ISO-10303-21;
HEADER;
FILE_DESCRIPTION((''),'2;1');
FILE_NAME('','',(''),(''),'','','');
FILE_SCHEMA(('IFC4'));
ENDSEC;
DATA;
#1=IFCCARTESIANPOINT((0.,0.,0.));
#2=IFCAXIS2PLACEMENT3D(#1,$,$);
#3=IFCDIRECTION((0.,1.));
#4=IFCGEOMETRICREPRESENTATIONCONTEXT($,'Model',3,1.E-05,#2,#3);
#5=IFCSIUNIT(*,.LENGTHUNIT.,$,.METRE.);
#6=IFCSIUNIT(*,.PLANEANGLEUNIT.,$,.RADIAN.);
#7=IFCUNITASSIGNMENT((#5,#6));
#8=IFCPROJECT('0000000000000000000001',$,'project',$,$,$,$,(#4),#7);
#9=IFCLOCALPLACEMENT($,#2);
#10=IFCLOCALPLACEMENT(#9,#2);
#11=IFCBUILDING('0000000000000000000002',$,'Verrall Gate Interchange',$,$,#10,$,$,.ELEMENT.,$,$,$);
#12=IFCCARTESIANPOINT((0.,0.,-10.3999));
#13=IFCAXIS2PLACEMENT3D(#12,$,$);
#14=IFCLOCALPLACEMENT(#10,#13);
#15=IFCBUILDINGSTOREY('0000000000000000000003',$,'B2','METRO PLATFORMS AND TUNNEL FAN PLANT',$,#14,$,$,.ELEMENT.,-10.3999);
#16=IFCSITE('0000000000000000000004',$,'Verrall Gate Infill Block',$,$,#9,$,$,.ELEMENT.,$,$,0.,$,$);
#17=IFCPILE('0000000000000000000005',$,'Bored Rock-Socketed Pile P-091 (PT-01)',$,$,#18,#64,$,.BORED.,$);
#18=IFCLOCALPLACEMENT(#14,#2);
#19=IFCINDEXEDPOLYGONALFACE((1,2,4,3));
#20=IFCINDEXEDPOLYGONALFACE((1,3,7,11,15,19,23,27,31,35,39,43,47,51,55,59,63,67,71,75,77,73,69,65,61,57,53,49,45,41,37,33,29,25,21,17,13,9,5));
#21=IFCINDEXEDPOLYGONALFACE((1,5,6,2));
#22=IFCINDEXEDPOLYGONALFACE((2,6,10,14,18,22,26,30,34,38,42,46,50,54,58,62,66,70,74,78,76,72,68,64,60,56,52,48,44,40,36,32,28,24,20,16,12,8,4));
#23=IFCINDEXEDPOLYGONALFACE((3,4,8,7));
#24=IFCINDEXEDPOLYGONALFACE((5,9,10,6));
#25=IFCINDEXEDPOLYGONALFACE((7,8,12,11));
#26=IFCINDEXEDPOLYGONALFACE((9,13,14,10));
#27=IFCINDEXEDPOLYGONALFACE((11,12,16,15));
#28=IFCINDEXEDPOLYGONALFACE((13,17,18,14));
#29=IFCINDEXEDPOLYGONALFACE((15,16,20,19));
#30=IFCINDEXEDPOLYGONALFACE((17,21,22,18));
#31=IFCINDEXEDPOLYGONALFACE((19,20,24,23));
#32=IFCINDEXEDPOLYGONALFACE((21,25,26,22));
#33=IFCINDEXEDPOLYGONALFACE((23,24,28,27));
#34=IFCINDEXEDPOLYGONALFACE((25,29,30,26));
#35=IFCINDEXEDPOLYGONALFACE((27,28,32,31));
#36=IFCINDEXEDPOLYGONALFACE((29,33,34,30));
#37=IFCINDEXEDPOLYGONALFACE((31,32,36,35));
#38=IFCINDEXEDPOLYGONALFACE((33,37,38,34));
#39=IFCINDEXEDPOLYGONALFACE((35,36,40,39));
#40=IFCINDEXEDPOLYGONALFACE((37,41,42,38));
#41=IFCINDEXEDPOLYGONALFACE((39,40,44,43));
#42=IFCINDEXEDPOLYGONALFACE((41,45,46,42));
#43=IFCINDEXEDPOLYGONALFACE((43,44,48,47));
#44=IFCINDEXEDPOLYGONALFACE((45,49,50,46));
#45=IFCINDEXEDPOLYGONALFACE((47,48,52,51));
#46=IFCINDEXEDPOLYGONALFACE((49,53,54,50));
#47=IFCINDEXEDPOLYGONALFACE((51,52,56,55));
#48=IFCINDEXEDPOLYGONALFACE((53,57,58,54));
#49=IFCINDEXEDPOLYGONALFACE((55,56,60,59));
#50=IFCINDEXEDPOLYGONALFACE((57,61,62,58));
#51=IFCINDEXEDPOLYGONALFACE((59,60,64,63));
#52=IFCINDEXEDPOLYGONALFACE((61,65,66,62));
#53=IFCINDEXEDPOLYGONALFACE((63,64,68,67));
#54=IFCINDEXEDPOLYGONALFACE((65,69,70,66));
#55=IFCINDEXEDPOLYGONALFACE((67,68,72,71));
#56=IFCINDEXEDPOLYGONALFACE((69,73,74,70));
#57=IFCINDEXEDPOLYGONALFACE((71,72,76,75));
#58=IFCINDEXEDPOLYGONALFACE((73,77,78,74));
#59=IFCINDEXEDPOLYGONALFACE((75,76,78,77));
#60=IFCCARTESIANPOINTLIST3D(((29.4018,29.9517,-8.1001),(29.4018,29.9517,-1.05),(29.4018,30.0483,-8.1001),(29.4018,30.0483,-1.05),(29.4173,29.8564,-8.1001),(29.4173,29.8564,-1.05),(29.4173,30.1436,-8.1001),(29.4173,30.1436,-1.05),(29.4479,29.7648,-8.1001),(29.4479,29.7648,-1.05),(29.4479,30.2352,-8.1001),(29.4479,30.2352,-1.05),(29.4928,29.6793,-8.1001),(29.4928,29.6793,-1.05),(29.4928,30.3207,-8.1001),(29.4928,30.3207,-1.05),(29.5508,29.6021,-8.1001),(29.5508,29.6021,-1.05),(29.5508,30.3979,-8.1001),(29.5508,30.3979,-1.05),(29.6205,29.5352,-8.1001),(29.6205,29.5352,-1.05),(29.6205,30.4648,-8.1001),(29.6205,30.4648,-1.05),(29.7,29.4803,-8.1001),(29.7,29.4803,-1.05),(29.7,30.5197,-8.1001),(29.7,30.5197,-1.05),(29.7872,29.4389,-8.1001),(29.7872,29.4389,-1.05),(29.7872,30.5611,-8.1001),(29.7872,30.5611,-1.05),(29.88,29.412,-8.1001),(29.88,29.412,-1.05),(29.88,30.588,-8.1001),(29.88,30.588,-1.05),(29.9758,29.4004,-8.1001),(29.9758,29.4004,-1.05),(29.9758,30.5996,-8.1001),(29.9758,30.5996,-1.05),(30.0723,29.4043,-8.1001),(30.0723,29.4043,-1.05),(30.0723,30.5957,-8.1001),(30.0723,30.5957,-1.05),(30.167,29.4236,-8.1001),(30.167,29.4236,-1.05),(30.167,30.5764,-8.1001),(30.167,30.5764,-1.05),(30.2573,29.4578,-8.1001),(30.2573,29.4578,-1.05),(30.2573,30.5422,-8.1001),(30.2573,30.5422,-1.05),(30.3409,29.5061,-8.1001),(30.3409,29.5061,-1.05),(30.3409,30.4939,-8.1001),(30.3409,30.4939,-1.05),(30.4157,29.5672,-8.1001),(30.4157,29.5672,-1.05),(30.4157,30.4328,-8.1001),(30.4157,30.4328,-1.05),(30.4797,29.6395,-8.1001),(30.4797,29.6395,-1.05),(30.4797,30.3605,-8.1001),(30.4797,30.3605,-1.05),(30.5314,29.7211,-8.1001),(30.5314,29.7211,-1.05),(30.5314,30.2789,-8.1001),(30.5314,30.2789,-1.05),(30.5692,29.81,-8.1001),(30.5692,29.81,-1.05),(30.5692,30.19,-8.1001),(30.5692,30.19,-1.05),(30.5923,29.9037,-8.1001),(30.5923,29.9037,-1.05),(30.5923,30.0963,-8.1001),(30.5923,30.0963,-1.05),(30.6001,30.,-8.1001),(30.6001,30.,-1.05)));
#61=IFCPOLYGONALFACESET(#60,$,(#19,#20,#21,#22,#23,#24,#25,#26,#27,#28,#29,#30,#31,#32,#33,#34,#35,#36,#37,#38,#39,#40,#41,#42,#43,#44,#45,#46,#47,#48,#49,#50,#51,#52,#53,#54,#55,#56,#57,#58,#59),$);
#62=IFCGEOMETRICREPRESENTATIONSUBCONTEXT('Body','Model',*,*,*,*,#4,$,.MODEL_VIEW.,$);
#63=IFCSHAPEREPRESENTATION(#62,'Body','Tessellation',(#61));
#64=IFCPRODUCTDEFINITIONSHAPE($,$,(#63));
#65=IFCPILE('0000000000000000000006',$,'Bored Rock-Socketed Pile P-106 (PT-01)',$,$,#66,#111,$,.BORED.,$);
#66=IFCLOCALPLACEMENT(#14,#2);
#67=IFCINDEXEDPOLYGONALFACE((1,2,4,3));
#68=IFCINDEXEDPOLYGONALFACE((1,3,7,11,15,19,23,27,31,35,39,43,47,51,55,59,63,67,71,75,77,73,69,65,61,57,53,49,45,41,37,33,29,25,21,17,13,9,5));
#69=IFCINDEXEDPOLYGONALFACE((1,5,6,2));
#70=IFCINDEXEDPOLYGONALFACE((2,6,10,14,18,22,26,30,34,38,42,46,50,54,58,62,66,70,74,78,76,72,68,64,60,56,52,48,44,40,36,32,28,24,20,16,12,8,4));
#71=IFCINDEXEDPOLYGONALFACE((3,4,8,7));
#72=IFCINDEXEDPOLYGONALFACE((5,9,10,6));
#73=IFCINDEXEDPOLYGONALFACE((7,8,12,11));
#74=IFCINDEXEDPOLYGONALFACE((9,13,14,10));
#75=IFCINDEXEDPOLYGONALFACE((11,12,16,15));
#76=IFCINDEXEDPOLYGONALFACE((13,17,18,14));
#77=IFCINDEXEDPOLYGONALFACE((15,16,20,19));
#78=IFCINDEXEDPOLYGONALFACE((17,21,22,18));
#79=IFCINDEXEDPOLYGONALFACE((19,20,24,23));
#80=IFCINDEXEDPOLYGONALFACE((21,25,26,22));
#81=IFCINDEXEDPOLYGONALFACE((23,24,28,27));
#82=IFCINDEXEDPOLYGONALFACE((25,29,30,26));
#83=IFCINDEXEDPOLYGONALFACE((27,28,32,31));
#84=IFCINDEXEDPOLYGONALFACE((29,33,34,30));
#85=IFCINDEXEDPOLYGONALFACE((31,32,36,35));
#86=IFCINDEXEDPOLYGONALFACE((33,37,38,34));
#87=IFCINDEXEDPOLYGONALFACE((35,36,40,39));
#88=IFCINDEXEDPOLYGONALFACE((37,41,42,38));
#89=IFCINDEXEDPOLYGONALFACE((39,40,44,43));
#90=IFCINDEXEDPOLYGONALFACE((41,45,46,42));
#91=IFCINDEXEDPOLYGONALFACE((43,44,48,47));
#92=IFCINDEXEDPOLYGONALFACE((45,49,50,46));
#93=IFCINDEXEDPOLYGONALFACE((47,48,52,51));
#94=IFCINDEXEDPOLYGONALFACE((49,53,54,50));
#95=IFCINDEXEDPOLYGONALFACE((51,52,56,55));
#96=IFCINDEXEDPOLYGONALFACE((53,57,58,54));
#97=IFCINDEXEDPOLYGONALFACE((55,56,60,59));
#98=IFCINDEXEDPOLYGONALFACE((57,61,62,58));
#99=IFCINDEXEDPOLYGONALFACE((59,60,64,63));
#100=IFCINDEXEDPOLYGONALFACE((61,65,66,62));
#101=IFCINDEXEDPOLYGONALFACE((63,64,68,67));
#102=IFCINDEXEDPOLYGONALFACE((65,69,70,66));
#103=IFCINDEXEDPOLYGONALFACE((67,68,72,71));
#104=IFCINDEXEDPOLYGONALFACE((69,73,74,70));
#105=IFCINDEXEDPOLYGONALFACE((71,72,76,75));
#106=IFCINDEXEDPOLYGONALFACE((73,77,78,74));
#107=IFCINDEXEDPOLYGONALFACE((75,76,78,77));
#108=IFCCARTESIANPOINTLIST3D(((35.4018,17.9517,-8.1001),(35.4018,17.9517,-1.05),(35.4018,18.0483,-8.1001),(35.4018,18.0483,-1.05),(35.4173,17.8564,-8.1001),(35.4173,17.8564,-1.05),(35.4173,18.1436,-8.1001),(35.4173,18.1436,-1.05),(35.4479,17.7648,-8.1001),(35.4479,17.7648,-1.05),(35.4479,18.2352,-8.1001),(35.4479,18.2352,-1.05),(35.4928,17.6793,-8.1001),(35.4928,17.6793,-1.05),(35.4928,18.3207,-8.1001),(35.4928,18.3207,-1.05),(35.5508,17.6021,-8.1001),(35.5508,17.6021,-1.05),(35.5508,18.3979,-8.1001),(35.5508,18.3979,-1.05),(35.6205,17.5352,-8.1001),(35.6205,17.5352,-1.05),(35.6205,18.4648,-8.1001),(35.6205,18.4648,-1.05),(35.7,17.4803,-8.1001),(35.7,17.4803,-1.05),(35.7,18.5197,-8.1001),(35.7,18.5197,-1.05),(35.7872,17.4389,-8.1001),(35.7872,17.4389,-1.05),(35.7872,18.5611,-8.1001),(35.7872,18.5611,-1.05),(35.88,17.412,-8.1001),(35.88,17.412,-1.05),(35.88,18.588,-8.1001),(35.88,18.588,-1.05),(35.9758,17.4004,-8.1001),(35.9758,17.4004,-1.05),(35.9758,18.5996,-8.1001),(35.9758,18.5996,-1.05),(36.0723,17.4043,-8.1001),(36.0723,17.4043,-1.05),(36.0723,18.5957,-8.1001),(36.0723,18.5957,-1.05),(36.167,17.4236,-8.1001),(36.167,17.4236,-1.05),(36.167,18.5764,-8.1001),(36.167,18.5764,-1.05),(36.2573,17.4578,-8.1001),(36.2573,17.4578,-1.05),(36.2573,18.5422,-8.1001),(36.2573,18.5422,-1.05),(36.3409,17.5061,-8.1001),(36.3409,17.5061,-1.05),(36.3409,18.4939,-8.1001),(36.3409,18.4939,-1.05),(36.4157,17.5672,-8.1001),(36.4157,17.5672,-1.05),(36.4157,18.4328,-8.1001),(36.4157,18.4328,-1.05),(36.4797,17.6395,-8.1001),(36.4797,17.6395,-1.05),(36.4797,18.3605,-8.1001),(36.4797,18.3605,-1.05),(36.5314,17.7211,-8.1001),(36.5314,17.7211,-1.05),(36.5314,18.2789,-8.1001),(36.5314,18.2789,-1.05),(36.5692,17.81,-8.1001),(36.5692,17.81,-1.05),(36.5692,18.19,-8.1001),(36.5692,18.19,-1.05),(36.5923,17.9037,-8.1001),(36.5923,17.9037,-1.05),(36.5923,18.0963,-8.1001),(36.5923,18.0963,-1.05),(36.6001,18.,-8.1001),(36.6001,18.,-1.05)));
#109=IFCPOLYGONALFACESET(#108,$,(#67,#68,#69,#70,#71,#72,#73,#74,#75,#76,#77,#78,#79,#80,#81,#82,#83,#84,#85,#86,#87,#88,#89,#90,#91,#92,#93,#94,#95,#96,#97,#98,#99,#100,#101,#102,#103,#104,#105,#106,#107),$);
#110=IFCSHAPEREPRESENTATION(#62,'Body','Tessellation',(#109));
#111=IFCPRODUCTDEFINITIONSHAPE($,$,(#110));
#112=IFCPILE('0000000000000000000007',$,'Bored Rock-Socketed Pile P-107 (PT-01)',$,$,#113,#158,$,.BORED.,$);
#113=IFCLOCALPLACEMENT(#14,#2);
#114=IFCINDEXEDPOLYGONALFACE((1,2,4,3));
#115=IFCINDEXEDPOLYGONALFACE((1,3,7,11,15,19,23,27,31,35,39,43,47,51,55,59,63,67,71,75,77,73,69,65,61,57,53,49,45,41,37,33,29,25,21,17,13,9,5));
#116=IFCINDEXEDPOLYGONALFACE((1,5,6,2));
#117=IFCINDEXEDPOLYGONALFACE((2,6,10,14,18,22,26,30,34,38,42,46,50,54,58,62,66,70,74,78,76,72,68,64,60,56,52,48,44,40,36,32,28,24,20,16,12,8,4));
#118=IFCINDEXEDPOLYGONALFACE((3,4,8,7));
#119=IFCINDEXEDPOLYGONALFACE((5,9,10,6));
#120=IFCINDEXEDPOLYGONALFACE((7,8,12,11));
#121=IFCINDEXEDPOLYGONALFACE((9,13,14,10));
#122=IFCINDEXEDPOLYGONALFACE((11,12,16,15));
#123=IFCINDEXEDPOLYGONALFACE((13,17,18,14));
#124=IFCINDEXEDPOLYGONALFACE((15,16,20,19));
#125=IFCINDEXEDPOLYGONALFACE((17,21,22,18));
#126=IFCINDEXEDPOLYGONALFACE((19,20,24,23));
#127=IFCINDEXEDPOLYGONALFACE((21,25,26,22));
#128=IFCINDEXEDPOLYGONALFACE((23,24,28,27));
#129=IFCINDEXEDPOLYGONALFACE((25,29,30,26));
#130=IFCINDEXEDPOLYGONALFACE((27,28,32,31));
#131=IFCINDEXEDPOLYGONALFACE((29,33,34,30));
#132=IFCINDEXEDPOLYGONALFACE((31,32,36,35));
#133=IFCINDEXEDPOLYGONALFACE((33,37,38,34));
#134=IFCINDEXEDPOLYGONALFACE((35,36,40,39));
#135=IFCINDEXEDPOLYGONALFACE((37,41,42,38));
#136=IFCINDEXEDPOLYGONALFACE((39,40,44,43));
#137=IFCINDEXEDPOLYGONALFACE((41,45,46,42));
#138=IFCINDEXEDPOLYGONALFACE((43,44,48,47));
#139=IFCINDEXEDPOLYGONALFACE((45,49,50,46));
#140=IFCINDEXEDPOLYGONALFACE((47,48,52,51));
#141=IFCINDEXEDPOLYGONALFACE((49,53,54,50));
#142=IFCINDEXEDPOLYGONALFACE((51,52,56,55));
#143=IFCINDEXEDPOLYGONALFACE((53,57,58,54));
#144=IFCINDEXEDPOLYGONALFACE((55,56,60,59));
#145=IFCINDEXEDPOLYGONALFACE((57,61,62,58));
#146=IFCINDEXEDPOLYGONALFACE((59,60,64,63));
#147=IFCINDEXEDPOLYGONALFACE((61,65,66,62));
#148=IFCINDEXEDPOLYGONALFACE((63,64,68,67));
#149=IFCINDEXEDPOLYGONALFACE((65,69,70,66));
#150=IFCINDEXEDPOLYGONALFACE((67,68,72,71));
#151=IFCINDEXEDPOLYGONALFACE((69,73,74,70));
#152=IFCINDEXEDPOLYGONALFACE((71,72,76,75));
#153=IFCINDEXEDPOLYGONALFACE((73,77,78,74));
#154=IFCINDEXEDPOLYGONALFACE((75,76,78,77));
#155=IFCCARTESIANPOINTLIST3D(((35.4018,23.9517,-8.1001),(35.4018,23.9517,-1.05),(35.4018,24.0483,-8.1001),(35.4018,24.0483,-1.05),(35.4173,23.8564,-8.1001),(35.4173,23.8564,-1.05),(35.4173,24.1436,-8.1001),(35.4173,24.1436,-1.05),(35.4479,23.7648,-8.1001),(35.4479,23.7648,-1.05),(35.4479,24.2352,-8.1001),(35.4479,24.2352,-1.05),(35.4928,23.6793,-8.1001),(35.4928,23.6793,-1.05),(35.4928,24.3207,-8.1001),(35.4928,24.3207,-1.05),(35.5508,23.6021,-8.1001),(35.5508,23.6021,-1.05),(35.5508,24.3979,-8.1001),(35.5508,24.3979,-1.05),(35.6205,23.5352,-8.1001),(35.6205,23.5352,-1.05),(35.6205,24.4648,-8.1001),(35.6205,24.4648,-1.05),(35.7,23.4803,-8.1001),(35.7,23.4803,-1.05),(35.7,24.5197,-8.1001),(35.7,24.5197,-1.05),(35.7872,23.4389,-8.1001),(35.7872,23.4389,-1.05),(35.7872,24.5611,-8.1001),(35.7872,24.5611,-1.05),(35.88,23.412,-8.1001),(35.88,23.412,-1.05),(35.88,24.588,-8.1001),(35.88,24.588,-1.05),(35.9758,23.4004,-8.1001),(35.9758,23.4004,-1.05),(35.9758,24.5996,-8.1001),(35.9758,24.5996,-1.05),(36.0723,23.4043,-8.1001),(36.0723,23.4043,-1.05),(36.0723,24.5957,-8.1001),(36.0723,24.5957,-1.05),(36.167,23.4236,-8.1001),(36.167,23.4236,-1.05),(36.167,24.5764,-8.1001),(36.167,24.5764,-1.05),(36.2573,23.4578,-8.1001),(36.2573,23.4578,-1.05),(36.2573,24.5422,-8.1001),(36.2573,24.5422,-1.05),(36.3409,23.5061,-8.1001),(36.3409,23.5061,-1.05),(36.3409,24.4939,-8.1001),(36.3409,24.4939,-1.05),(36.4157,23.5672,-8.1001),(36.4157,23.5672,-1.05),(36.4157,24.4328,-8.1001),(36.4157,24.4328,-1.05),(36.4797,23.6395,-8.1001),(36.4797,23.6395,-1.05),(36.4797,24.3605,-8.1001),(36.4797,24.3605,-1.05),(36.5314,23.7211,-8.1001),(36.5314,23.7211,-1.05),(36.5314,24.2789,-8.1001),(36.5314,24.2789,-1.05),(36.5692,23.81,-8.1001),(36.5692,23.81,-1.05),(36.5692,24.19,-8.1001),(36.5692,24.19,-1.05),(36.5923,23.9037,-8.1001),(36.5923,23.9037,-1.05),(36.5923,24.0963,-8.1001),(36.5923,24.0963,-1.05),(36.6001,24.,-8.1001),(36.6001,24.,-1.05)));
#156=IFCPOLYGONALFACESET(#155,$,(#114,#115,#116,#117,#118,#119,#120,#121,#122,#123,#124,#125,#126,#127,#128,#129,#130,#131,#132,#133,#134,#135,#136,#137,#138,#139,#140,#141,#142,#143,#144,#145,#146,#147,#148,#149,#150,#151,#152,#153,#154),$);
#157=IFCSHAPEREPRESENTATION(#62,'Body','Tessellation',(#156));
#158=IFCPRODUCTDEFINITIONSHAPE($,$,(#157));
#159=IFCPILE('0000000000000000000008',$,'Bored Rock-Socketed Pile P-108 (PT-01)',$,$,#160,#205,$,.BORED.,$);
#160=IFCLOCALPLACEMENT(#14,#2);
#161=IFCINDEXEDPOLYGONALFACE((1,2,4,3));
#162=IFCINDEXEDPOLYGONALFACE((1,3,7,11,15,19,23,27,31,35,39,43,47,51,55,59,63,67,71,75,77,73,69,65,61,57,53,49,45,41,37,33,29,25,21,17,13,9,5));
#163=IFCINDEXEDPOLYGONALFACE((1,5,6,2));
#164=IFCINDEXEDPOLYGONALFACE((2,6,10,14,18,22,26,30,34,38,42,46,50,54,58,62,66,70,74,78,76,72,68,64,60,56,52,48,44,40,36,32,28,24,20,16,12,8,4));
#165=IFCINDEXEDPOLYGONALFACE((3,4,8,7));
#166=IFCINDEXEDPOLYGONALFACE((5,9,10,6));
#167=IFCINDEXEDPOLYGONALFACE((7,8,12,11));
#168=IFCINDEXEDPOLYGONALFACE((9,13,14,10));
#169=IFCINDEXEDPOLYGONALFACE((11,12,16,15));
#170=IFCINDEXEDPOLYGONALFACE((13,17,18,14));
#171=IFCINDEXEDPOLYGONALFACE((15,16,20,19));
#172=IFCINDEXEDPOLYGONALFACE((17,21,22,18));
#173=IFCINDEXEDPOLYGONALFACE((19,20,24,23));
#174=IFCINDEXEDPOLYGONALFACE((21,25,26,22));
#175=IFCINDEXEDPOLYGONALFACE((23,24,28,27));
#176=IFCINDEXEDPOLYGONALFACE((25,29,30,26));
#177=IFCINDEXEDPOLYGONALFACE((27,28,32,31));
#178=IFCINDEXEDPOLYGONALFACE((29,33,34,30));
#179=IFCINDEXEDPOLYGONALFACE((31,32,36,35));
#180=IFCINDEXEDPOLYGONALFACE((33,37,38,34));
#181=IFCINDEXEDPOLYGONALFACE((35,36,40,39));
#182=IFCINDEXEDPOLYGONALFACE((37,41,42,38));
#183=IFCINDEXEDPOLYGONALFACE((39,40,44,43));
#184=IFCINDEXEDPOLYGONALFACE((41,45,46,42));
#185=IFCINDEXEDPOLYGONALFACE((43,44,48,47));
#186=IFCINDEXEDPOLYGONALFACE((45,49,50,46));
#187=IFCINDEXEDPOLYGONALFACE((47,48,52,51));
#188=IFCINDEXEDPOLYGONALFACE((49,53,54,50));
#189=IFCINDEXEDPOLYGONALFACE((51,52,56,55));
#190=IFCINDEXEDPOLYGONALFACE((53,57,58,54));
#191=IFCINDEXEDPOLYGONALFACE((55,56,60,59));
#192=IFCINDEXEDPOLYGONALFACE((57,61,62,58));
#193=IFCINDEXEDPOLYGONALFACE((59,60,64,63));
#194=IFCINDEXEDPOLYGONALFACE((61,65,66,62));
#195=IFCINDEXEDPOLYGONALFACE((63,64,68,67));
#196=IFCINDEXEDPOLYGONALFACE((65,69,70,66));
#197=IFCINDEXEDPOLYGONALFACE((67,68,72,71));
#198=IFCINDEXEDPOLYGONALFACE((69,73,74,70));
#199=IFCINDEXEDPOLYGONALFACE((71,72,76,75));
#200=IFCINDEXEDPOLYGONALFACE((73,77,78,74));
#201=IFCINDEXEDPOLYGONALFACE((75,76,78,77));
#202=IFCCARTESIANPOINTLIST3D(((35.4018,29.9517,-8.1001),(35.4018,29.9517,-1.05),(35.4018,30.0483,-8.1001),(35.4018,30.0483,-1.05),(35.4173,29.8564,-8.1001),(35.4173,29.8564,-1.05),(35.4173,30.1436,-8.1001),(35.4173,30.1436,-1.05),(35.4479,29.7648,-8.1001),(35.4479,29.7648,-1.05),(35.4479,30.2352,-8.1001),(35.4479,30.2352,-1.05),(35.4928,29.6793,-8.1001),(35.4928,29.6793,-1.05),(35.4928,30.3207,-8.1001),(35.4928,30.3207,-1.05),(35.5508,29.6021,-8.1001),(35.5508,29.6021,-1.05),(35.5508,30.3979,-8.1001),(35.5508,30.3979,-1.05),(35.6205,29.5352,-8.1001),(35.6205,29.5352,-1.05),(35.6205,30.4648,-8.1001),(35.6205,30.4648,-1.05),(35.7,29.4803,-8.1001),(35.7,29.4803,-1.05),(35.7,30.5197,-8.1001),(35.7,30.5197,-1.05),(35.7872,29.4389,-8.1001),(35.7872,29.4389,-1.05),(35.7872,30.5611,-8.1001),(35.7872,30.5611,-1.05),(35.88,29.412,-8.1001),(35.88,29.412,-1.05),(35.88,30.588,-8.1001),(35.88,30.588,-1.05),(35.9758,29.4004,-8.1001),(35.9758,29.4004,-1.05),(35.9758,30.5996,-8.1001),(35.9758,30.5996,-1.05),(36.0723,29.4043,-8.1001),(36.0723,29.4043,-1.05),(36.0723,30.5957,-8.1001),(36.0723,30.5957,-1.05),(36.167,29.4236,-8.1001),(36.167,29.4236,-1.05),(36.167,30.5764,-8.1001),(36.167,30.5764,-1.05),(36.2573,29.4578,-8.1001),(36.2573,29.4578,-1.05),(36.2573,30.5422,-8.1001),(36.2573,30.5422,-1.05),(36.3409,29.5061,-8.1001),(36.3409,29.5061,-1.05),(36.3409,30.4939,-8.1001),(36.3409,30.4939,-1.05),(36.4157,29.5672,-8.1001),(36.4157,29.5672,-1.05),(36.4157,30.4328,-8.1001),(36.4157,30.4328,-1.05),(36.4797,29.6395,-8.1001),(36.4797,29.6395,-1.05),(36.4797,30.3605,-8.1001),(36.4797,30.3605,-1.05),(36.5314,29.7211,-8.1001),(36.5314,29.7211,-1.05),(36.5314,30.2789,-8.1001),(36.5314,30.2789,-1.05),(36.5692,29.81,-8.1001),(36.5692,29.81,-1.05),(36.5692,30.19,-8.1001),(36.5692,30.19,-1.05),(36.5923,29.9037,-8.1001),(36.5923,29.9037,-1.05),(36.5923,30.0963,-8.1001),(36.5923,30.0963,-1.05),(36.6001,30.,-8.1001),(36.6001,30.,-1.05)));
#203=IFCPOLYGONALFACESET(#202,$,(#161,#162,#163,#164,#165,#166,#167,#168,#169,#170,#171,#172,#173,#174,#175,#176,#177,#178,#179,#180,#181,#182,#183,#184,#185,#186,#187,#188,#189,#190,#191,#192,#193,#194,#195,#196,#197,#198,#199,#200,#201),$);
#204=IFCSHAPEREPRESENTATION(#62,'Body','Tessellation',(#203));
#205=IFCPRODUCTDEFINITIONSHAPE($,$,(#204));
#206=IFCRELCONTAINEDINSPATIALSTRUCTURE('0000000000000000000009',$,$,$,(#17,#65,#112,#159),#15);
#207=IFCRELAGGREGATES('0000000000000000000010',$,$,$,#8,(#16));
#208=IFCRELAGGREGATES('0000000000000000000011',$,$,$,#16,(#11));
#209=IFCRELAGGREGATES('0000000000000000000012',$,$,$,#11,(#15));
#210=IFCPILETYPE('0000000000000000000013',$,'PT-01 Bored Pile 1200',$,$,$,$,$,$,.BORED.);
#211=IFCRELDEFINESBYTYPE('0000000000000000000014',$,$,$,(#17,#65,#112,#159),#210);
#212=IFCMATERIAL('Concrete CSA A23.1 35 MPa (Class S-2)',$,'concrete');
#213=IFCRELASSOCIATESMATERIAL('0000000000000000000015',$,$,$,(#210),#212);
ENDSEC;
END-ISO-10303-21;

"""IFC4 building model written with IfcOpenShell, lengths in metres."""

from ifc_helpers import new_model, si_unit, direction, frame, origin, origin_2d, place, context, subcontext, project, spatial, circle, extrude, material, material_profile, profile_set, type_object, element, save


model = new_model("IFC4")

# Units and contexts
model_context = context("Model", 3, precision=1e-05, world=origin(), true_north=direction((0.0, 1.0)))
body_context = subcontext(model_context, "Body", "Model", "MODEL_VIEW")
ifc_project = project(units=[si_unit("LENGTHUNIT", "METRE"), si_unit("PLANEANGLEUNIT", "RADIAN")], contexts=[model_context])

# Site, building, storey
site_placement = place(None, origin())
site = spatial("IfcSite", under=ifc_project, at=site_placement, Name="Verrall Gate Infill Block", CompositionType="ELEMENT", RefElevation=0.0)
building_placement = place(site_placement, origin())
building = spatial("IfcBuilding", under=site, at=building_placement, Name="Verrall Gate Interchange", CompositionType="ELEMENT")
storey_placement = place(building_placement, frame((0.0, 0.0, -10.3999)))
storey = spatial("IfcBuildingStorey", under=building, at=storey_placement, Name="B2", Description="METRO PLATFORMS AND TUNNEL FAN PLANT", CompositionType="ELEMENT", Elevation=-10.3999)

# Piles
ifc_material_1 = material(Name="Concrete CSA A23.1 35 MPa (Class S-2)", Category="concrete")
ifc_material_profile_1 = material_profile(ifc_material_1, circle(Radius=0.6001, at=origin_2d()), Name="PILE1200D")
ifc_profile_set_1 = profile_set([ifc_material_profile_1], Name="Concrete CSA A23.1 35 MPa (Class S-2)")
pile_type = type_object("IfcPileType", Name="PT-01 Bored Pile 1200", PredefinedType="BORED", material=ifc_profile_set_1)
for number, where, z_axis, x_axis, name in (
    (1, (30.0, 30.0, -1.05), (0.0, 0.0, -1.0), (1.0, 0.0, 0.0), "Bored Rock-Socketed Pile P-091 (PT-01)"),
    (2, (36.0, 18.0, -1.05), (0.0, 0.0, -1.0), (1.0, 0.0, 0.0), "Bored Rock-Socketed Pile P-106 (PT-01)"),
    (3, (36.0, 24.0, -1.05), (0.0, 0.0, -1.0), (1.0, 0.0, 0.0), "Bored Rock-Socketed Pile P-107 (PT-01)"),
    (4, (36.0, 30.0, -1.05), (0.0, 0.0, -1.0), (1.0, 0.0, 0.0), "Bored Rock-Socketed Pile P-108 (PT-01)"),
):
    element("IfcPile", number, at=place(storey_placement, frame(where, z_axis=z_axis, x_axis=x_axis)), inside=storey, type_object=pile_type, Name=name, PredefinedType="BORED", context=body_context, shape_type="SweptSolid", body=[
        extrude(circle(Radius=0.6001, at=origin_2d()), origin(), (0.0, 0.0, 1.0), 7.05),
    ])

save(model, "model.ifc")
